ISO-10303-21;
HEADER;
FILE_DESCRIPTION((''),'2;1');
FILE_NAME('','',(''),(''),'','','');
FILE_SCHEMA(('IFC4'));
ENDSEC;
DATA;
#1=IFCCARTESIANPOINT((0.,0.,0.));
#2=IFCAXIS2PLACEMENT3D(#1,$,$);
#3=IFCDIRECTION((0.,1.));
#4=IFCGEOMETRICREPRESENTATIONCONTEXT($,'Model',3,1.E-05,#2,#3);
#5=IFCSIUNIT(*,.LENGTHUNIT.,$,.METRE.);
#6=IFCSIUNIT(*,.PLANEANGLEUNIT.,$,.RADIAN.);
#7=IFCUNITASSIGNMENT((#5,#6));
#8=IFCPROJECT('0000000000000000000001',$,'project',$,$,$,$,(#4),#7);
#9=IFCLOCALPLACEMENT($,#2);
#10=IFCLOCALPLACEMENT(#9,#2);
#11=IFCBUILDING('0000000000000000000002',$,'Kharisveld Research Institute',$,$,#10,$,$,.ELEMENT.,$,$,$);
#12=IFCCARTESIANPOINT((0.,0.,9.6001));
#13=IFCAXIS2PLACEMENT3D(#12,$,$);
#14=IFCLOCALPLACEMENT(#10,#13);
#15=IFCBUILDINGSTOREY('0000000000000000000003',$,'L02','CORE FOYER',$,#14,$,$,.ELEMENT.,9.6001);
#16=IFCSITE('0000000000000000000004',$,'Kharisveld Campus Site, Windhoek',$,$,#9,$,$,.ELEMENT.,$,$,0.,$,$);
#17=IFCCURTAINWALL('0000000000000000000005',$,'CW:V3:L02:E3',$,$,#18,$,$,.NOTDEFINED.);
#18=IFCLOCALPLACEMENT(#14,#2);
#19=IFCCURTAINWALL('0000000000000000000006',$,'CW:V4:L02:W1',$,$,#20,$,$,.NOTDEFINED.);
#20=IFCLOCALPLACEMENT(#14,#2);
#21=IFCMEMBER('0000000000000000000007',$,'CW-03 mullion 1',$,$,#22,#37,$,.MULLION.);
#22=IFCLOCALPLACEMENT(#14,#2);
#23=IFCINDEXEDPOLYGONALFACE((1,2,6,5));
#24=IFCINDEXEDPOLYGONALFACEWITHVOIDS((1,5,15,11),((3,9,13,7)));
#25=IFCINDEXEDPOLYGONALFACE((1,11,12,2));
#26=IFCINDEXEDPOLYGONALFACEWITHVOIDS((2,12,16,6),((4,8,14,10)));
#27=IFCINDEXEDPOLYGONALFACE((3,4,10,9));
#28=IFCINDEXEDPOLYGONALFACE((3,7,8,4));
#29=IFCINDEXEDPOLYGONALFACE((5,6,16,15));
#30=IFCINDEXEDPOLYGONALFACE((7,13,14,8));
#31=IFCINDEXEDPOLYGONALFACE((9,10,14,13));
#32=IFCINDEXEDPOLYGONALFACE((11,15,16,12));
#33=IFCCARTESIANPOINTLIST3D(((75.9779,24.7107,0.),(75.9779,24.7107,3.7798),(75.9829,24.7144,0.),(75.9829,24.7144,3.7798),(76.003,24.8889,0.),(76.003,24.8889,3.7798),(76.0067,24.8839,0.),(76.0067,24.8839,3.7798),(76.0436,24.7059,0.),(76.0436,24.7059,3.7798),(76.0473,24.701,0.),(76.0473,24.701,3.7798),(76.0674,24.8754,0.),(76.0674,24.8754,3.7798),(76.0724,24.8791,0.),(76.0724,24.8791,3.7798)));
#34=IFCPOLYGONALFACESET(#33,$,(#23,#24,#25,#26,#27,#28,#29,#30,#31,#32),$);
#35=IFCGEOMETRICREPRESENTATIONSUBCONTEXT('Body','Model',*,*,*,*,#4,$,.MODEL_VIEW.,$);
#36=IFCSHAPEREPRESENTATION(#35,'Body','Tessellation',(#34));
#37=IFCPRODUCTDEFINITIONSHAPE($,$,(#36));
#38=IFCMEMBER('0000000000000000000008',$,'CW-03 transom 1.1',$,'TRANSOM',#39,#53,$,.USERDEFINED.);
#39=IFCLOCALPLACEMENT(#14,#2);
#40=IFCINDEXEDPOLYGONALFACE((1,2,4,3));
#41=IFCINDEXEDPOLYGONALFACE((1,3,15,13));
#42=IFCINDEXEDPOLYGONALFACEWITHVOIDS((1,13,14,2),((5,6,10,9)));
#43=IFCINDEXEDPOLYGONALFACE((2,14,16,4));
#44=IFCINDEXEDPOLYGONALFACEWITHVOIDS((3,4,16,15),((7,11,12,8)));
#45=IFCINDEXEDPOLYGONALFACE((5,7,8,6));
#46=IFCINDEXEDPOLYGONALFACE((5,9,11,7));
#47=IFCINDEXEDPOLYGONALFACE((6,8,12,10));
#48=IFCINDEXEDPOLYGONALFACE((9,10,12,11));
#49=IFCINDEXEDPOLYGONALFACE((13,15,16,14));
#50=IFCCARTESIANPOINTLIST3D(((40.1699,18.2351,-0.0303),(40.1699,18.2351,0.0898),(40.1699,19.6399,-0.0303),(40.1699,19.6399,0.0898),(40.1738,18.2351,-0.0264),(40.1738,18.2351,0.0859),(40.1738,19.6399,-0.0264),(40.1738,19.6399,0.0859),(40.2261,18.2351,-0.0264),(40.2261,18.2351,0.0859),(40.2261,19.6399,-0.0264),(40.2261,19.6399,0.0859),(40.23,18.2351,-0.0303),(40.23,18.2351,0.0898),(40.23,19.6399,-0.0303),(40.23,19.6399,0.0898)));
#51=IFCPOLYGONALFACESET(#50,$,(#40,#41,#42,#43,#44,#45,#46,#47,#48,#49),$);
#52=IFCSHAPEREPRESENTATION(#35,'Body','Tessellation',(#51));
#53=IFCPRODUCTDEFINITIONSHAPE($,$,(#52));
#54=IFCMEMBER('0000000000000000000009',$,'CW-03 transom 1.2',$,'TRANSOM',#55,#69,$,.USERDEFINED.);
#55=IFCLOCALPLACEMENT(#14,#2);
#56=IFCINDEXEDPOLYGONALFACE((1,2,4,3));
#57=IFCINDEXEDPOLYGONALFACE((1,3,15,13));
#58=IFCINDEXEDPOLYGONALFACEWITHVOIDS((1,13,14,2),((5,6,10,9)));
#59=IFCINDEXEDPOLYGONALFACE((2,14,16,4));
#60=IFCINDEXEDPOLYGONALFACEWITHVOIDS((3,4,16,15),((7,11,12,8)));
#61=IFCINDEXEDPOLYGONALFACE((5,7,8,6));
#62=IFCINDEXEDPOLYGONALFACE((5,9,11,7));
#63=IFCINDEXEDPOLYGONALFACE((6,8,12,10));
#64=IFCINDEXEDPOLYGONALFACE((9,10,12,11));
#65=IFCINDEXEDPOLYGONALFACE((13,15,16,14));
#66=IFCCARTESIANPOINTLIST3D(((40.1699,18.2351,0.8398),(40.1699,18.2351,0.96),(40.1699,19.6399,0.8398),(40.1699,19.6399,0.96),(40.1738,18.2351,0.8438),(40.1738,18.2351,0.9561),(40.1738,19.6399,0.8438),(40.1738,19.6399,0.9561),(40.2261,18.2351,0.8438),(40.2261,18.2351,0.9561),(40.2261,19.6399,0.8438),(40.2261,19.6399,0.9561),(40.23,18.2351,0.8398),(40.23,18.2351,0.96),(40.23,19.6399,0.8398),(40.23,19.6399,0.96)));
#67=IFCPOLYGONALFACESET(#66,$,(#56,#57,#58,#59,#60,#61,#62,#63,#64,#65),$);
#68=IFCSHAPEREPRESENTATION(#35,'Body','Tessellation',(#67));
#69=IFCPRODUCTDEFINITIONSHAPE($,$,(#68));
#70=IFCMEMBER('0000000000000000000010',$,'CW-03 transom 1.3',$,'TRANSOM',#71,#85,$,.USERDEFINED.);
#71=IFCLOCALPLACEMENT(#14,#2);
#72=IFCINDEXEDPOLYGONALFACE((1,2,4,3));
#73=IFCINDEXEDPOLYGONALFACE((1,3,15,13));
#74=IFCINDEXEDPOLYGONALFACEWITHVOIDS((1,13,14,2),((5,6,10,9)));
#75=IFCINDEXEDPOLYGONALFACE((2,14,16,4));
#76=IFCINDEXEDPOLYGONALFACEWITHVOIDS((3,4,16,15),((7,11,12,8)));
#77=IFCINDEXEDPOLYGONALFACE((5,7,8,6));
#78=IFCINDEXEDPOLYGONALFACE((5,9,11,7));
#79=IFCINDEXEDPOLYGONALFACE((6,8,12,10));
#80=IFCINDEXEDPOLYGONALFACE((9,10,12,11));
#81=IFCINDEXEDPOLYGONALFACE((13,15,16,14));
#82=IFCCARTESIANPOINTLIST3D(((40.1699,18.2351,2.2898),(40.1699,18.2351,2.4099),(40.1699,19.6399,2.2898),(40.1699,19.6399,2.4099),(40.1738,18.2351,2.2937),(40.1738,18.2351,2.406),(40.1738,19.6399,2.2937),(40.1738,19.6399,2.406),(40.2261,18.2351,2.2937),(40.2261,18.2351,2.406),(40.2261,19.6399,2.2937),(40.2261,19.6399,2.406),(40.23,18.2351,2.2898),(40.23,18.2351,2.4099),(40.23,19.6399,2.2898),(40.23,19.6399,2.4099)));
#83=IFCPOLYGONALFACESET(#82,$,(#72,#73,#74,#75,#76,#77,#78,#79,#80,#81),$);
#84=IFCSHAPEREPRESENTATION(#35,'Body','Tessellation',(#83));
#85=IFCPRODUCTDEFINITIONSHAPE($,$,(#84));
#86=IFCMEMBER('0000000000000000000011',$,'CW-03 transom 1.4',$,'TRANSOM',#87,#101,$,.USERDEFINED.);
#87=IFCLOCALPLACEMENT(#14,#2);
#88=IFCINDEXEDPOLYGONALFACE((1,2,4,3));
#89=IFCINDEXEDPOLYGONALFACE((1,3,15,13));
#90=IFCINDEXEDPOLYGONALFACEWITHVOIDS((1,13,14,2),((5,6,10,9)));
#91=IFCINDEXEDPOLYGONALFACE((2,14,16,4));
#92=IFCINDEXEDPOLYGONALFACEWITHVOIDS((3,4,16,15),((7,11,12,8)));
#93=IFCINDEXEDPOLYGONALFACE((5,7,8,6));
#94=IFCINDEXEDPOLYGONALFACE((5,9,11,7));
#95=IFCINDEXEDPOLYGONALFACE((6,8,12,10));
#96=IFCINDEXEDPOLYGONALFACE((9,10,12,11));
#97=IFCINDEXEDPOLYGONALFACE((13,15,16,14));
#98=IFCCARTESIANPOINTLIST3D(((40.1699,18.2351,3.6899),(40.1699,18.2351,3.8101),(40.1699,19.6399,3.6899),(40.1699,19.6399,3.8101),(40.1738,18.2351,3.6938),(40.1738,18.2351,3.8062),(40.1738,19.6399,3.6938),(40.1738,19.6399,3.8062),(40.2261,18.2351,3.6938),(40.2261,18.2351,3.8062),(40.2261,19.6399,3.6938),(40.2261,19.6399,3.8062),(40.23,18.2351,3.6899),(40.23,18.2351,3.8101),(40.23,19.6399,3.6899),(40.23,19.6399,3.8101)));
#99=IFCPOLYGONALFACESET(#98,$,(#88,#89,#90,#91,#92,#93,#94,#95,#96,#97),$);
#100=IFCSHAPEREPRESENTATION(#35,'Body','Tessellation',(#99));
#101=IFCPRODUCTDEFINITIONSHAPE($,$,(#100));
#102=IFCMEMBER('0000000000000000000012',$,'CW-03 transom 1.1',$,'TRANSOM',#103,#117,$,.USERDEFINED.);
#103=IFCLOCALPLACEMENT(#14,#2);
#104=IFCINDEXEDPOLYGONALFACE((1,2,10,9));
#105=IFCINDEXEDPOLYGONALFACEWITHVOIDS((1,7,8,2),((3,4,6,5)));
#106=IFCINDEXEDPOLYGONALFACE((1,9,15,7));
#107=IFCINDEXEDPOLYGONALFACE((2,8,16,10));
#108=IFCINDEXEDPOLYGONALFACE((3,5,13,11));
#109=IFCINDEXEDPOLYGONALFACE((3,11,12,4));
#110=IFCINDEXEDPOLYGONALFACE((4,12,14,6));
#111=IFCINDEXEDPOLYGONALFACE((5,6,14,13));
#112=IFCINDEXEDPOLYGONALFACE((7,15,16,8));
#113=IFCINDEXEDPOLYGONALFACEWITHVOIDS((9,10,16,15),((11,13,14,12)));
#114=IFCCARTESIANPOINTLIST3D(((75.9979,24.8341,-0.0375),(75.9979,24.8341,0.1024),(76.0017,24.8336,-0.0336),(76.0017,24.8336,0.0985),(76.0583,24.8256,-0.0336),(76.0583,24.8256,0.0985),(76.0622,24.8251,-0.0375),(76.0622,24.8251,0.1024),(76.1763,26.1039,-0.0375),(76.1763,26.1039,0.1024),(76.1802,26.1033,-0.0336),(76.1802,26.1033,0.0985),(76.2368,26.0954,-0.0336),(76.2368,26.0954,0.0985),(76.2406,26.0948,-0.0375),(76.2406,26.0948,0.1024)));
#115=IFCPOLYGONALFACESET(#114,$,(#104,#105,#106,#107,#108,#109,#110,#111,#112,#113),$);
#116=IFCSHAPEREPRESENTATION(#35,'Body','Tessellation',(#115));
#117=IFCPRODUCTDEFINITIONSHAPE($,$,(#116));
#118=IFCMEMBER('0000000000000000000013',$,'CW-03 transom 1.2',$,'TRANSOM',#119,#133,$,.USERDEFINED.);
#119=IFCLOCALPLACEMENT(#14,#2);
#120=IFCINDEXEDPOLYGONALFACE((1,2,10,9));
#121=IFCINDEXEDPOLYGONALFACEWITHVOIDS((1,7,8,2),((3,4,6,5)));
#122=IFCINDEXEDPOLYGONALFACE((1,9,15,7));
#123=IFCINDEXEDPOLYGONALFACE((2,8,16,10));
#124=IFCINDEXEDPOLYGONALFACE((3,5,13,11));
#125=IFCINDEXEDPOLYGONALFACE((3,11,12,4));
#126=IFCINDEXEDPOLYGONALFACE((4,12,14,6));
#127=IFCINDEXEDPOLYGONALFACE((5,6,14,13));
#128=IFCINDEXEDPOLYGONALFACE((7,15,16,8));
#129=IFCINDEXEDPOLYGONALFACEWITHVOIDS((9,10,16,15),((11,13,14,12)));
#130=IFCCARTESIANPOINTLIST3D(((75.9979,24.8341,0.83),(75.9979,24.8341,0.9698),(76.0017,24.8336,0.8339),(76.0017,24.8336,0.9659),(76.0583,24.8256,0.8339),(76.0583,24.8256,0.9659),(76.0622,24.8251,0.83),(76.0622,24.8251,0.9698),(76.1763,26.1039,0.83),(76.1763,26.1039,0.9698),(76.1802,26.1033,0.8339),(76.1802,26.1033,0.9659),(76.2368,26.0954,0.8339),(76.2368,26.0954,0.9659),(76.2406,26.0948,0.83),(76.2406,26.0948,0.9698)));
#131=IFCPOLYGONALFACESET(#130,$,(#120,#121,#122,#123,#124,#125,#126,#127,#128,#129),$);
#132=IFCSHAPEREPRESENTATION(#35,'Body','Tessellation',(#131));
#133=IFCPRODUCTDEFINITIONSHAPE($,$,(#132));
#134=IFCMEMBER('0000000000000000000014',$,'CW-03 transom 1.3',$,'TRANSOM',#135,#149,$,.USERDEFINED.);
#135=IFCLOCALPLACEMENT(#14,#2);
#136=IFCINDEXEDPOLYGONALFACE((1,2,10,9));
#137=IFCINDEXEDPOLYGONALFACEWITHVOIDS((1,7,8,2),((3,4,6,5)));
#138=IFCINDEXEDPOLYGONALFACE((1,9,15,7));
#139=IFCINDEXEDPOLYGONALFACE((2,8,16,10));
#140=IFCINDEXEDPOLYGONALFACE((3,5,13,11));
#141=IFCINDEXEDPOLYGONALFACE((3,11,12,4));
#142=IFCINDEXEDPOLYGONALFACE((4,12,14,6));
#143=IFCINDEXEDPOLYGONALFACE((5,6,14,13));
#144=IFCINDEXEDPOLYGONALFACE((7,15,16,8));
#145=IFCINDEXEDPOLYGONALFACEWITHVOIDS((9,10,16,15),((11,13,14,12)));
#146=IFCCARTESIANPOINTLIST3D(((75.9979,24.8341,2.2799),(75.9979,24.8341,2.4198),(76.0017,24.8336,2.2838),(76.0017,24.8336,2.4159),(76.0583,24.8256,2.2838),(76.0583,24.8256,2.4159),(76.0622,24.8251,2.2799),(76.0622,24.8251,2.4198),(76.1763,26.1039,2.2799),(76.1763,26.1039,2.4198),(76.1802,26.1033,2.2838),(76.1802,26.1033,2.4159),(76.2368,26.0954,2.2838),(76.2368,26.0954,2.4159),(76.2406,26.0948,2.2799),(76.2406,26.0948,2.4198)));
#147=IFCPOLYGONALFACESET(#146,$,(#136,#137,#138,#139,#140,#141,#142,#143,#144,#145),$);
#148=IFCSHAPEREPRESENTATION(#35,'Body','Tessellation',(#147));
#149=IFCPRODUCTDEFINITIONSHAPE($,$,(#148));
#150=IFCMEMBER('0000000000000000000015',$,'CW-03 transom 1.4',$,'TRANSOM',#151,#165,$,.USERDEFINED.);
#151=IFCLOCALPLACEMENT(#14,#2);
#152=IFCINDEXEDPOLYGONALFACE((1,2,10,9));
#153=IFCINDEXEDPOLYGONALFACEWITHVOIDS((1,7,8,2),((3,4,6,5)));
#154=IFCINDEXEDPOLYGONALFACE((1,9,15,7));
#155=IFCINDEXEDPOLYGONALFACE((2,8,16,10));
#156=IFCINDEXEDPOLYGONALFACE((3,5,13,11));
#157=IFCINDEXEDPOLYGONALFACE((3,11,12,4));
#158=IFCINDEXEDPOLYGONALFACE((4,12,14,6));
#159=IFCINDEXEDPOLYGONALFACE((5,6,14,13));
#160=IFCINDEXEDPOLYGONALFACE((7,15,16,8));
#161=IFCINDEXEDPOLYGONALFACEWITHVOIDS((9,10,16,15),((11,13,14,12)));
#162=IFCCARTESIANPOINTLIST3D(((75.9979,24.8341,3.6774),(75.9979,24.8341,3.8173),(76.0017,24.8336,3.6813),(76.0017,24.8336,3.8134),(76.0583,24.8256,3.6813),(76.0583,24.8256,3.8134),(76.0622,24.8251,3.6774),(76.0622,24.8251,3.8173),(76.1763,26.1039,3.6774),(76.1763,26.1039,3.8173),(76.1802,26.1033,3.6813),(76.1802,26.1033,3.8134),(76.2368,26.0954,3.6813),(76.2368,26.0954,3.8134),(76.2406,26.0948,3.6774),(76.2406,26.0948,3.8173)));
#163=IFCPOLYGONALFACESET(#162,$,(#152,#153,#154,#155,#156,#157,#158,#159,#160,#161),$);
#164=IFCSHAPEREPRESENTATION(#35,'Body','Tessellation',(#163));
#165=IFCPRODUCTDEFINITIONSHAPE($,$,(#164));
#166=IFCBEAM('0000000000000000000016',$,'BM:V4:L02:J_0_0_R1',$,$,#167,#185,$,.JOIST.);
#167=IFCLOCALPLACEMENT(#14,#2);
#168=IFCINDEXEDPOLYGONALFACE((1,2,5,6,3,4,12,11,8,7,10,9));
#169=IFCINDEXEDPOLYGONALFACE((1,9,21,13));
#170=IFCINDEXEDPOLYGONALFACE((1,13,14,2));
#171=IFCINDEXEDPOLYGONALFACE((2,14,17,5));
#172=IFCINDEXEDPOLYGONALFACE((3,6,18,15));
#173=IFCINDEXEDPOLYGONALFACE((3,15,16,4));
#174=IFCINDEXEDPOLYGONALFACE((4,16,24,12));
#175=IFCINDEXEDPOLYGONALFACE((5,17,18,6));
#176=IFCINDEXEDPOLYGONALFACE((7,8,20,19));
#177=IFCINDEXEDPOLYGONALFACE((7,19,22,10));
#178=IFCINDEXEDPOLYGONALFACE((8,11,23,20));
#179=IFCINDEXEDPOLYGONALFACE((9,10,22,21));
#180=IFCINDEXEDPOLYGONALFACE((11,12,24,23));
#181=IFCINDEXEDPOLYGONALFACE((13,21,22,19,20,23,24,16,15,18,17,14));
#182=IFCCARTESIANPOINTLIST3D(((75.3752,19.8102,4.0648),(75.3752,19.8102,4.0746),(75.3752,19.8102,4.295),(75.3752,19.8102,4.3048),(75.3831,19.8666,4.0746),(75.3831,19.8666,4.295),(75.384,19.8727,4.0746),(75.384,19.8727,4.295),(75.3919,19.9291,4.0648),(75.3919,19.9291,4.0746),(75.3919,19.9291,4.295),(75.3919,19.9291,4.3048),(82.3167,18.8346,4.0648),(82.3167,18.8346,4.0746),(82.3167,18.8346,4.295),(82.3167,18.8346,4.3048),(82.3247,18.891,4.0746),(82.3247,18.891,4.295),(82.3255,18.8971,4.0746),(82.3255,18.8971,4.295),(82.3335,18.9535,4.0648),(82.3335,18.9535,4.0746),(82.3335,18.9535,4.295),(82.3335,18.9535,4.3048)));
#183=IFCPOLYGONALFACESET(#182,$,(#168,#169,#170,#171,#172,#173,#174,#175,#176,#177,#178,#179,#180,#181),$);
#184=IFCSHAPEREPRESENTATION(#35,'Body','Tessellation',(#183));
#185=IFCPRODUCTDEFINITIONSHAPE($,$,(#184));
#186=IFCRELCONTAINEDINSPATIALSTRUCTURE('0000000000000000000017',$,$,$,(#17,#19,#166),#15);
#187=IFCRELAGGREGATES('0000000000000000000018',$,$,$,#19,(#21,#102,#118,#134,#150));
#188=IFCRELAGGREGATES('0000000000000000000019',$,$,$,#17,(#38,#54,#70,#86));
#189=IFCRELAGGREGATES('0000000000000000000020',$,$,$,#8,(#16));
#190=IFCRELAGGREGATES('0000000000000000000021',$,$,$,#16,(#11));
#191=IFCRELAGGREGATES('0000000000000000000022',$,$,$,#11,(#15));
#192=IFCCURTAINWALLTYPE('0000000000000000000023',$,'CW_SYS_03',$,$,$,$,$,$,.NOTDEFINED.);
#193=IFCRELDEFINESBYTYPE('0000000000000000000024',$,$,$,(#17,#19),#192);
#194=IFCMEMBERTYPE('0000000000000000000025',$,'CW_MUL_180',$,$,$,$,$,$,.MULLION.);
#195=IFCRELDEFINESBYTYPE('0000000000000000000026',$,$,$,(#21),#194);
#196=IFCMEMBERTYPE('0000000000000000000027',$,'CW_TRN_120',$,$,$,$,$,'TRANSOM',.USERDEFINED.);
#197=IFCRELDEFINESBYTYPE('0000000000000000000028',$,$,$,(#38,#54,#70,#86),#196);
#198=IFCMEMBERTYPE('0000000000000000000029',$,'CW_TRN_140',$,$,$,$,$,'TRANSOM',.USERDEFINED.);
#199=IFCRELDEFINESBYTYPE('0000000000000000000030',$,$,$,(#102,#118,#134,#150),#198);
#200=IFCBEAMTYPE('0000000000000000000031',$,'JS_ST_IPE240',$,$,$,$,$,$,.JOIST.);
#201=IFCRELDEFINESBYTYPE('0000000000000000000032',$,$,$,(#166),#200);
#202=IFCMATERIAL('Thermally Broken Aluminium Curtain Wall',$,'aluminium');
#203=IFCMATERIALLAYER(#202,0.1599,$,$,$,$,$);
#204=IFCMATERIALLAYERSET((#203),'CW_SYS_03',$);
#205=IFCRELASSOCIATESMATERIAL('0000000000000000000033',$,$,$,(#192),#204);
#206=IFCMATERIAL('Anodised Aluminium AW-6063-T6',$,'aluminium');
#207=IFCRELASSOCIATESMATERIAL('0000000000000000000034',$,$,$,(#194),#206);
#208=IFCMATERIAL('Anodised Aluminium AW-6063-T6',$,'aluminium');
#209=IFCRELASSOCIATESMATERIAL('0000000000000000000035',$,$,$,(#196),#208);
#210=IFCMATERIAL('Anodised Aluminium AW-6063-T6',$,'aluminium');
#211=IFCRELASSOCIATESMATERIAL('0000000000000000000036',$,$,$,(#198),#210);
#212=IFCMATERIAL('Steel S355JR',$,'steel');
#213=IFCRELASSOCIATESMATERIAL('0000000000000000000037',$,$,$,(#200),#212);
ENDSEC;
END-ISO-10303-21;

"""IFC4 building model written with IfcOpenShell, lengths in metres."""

from ifc_helpers import new_model, si_unit, direction, frame, origin, origin_2d, place, context, subcontext, project, spatial, hollow_rectangle, i_section, extrude, material, layer, layer_set, material_profile, profile_set, type_object, element, aggregate, save


model = new_model("IFC4")

# Units and contexts
model_context = context("Model", 3, precision=1e-05, world=origin(), true_north=direction((0.0, 1.0)))
body_context = subcontext(model_context, "Body", "Model", "MODEL_VIEW")
ifc_project = project(units=[si_unit("LENGTHUNIT", "METRE"), si_unit("PLANEANGLEUNIT", "RADIAN")], contexts=[model_context])

# Site, building, storey
site_placement = place(None, origin())
site = spatial("IfcSite", under=ifc_project, at=site_placement, Name="Kharisveld Campus Site, Windhoek", CompositionType="ELEMENT", RefElevation=0.0)
building_placement = place(site_placement, origin())
building = spatial("IfcBuilding", under=site, at=building_placement, Name="Kharisveld Research Institute", CompositionType="ELEMENT")
storey_placement = place(building_placement, frame((0.0, 0.0, 9.6001)))
storey = spatial("IfcBuildingStorey", under=building, at=storey_placement, Name="L02", Description="CORE FOYER", CompositionType="ELEMENT", Elevation=9.6001)

# Curtain walls, member
ifc_material_1 = material(Name="Thermally Broken Aluminium Curtain Wall", Category="aluminium")
ifc_layer_1 = layer(ifc_material_1, 0.1599)
ifc_layer_set_1 = layer_set([ifc_layer_1], Name="CW_SYS_03")
curtain_wall_type = type_object("IfcCurtainWallType", Name="CW_SYS_03", PredefinedType="NOTDEFINED", material=ifc_layer_set_1)
curtain_wall_1_placement = place(storey_placement, origin())
curtain_wall_1 = element("IfcCurtainWall", 1, at=curtain_wall_1_placement, inside=storey, type_object=curtain_wall_type, Name="CW:V3:L02:E3", PredefinedType="NOTDEFINED")
curtain_wall_2_placement = place(storey_placement, origin())
curtain_wall_2 = element("IfcCurtainWall", 2, at=curtain_wall_2_placement, inside=storey, type_object=curtain_wall_type, Name="CW:V4:L02:W1", PredefinedType="NOTDEFINED")
ifc_material_2 = material(Name="Anodised Aluminium AW-6063-T6", Category="aluminium")
ifc_material_profile_1 = material_profile(ifc_material_2, hollow_rectangle(XDim=0.0701, YDim=0.1799, WallThickness=0.0044, at=origin_2d()))
ifc_profile_set_1 = profile_set([ifc_material_profile_1], Name="Anodised Aluminium AW-6063-T6")
member_type_1 = type_object("IfcMemberType", Name="CW_MUL_180", PredefinedType="MULLION", material=ifc_profile_set_1)
member_1_placement = place(storey_placement, frame((76.0251, 24.7949, 0.0), z_axis=(0.0, 0.0, 1.0), x_axis=(-0.990268, 0.139173, 0.0)))
member_1 = element("IfcMember", 3, at=member_1_placement, type_object=member_type_1, Name="CW-03 mullion 1", PredefinedType="MULLION", context=body_context, shape_type="SweptSolid", body=[
    extrude(hollow_rectangle(XDim=0.0701, YDim=0.1799, WallThickness=0.0044, at=origin_2d()), origin(), (0.0, 0.0, 1.0), 3.7798),
])

# Members
ifc_material_3 = material(Name="Anodised Aluminium AW-6063-T6", Category="aluminium")
ifc_material_profile_2 = material_profile(ifc_material_3, hollow_rectangle(XDim=0.0601, YDim=0.1201, WallThickness=0.0039, at=origin_2d()))
ifc_profile_set_2 = profile_set([ifc_material_profile_2], Name="Anodised Aluminium AW-6063-T6")
member_type_2 = type_object("IfcMemberType", Name="CW_TRN_120", ElementType="TRANSOM", PredefinedType="USERDEFINED", material=ifc_profile_set_2)
member_2_placement = place(storey_placement, frame((40.2, 19.6399, 0.0298), z_axis=(0.0, -1.0, 0.0), x_axis=(1.0, 0.0, 0.0)))
member_2 = element("IfcMember", 4, at=member_2_placement, type_object=member_type_2, Name="CW-03 transom 1.1", ObjectType="TRANSOM", PredefinedType="USERDEFINED", context=body_context, shape_type="SweptSolid", body=[
    extrude(hollow_rectangle(XDim=0.0601, YDim=0.1201, WallThickness=0.0039, at=origin_2d()), origin(), (0.0, 0.0, 1.0), 1.4048),
])
member_3_placement = place(storey_placement, frame((40.2, 19.6399, 0.8999), z_axis=(0.0, -1.0, 0.0), x_axis=(1.0, 0.0, 0.0)))
member_3 = element("IfcMember", 5, at=member_3_placement, type_object=member_type_2, Name="CW-03 transom 1.2", ObjectType="TRANSOM", PredefinedType="USERDEFINED", context=body_context, shape_type="SweptSolid", body=[
    extrude(hollow_rectangle(XDim=0.0601, YDim=0.1201, WallThickness=0.0039, at=origin_2d()), origin(), (0.0, 0.0, 1.0), 1.4048),
])
member_4_placement = place(storey_placement, frame((40.2, 19.6399, 2.3499), z_axis=(0.0, -1.0, 0.0), x_axis=(1.0, 0.0, 0.0)))
member_4 = element("IfcMember", 6, at=member_4_placement, type_object=member_type_2, Name="CW-03 transom 1.3", ObjectType="TRANSOM", PredefinedType="USERDEFINED", context=body_context, shape_type="SweptSolid", body=[
    extrude(hollow_rectangle(XDim=0.0601, YDim=0.1201, WallThickness=0.0039, at=origin_2d()), origin(), (0.0, 0.0, 1.0), 1.4048),
])
member_5_placement = place(storey_placement, frame((40.2, 19.6399, 3.75), z_axis=(0.0, -1.0, 0.0), x_axis=(1.0, 0.0, 0.0)))
member_5 = element("IfcMember", 7, at=member_5_placement, type_object=member_type_2, Name="CW-03 transom 1.4", ObjectType="TRANSOM", PredefinedType="USERDEFINED", context=body_context, shape_type="SweptSolid", body=[
    extrude(hollow_rectangle(XDim=0.0601, YDim=0.1201, WallThickness=0.0039, at=origin_2d()), origin(), (0.0, 0.0, 1.0), 1.4048),
])
ifc_material_4 = material(Name="Anodised Aluminium AW-6063-T6", Category="aluminium")
ifc_material_profile_3 = material_profile(ifc_material_4, hollow_rectangle(XDim=0.0649, YDim=0.1399, WallThickness=0.0039, at=origin_2d()))
ifc_profile_set_3 = profile_set([ifc_material_profile_3], Name="Anodised Aluminium AW-6063-T6")
member_type_3 = type_object("IfcMemberType", Name="CW_TRN_140", ElementType="TRANSOM", PredefinedType="USERDEFINED", material=ifc_profile_set_3)
member_6_placement = place(storey_placement, frame((76.03, 24.8296, 0.0325), z_axis=(0.139182, 0.990267, 0.0), x_axis=(-0.990267, 0.139182, 0.0)))
member_6 = element("IfcMember", 8, at=member_6_placement, type_object=member_type_3, Name="CW-03 transom 1.1", ObjectType="TRANSOM", PredefinedType="USERDEFINED", context=body_context, shape_type="SweptSolid", body=[
    extrude(hollow_rectangle(XDim=0.0649, YDim=0.1399, WallThickness=0.0039, at=origin_2d()), origin(), (0.0, 0.0, 1.0), 1.2822),
])
member_7_placement = place(storey_placement, frame((76.03, 24.8296, 0.8999), z_axis=(0.139182, 0.990267, 0.0), x_axis=(-0.990267, 0.139182, 0.0)))
member_7 = element("IfcMember", 9, at=member_7_placement, type_object=member_type_3, Name="CW-03 transom 1.2", ObjectType="TRANSOM", PredefinedType="USERDEFINED", context=body_context, shape_type="SweptSolid", body=[
    extrude(hollow_rectangle(XDim=0.0649, YDim=0.1399, WallThickness=0.0039, at=origin_2d()), origin(), (0.0, 0.0, 1.0), 1.2822),
])
member_8_placement = place(storey_placement, frame((76.03, 24.8296, 2.3499), z_axis=(0.139182, 0.990267, 0.0), x_axis=(-0.990267, 0.139182, 0.0)))
member_8 = element("IfcMember", 10, at=member_8_placement, type_object=member_type_3, Name="CW-03 transom 1.3", ObjectType="TRANSOM", PredefinedType="USERDEFINED", context=body_context, shape_type="SweptSolid", body=[
    extrude(hollow_rectangle(XDim=0.0649, YDim=0.1399, WallThickness=0.0039, at=origin_2d()), origin(), (0.0, 0.0, 1.0), 1.2822),
])
member_9_placement = place(storey_placement, frame((76.03, 24.8296, 3.7473), z_axis=(0.139182, 0.990267, 0.0), x_axis=(-0.990267, 0.139182, 0.0)))
member_9 = element("IfcMember", 11, at=member_9_placement, type_object=member_type_3, Name="CW-03 transom 1.4", ObjectType="TRANSOM", PredefinedType="USERDEFINED", context=body_context, shape_type="SweptSolid", body=[
    extrude(hollow_rectangle(XDim=0.0649, YDim=0.1399, WallThickness=0.0039, at=origin_2d()), origin(), (0.0, 0.0, 1.0), 1.2822),
])

# Beam
ifc_material_5 = material(Name="Steel S355JR", Category="steel")
ifc_material_profile_4 = material_profile(ifc_material_5, i_section(OverallWidth=0.1201, OverallDepth=0.24, WebThickness=0.0061, FlangeThickness=0.0098, at=origin_2d()))
ifc_profile_set_4 = profile_set([ifc_material_profile_4], Name="Steel S355JR")
beam_type_1 = type_object("IfcBeamType", Name="JS_ST_IPE240", PredefinedType="JOIST", material=ifc_profile_set_4)
beam_1_placement = place(storey_placement, frame((75.3835, 19.8696, 4.1848), z_axis=(0.990268, -0.139173, 0.0), x_axis=(0.139173, 0.990268, 0.0)))
element("IfcBeam", 12, at=beam_1_placement, inside=storey, type_object=beam_type_1, Name="BM:V4:L02:J_0_0_R1", PredefinedType="JOIST", context=body_context, shape_type="SweptSolid", body=[
    extrude(i_section(OverallWidth=0.1201, OverallDepth=0.24, WebThickness=0.0061, FlangeThickness=0.0098, at=origin_2d()), origin(), (0.0, 0.0, 1.0), 7.0098),
])

aggregate(curtain_wall_2, [member_1, member_6, member_7, member_8, member_9])
aggregate(curtain_wall_1, [member_2, member_3, member_4, member_5])

save(model, "model.ifc")
